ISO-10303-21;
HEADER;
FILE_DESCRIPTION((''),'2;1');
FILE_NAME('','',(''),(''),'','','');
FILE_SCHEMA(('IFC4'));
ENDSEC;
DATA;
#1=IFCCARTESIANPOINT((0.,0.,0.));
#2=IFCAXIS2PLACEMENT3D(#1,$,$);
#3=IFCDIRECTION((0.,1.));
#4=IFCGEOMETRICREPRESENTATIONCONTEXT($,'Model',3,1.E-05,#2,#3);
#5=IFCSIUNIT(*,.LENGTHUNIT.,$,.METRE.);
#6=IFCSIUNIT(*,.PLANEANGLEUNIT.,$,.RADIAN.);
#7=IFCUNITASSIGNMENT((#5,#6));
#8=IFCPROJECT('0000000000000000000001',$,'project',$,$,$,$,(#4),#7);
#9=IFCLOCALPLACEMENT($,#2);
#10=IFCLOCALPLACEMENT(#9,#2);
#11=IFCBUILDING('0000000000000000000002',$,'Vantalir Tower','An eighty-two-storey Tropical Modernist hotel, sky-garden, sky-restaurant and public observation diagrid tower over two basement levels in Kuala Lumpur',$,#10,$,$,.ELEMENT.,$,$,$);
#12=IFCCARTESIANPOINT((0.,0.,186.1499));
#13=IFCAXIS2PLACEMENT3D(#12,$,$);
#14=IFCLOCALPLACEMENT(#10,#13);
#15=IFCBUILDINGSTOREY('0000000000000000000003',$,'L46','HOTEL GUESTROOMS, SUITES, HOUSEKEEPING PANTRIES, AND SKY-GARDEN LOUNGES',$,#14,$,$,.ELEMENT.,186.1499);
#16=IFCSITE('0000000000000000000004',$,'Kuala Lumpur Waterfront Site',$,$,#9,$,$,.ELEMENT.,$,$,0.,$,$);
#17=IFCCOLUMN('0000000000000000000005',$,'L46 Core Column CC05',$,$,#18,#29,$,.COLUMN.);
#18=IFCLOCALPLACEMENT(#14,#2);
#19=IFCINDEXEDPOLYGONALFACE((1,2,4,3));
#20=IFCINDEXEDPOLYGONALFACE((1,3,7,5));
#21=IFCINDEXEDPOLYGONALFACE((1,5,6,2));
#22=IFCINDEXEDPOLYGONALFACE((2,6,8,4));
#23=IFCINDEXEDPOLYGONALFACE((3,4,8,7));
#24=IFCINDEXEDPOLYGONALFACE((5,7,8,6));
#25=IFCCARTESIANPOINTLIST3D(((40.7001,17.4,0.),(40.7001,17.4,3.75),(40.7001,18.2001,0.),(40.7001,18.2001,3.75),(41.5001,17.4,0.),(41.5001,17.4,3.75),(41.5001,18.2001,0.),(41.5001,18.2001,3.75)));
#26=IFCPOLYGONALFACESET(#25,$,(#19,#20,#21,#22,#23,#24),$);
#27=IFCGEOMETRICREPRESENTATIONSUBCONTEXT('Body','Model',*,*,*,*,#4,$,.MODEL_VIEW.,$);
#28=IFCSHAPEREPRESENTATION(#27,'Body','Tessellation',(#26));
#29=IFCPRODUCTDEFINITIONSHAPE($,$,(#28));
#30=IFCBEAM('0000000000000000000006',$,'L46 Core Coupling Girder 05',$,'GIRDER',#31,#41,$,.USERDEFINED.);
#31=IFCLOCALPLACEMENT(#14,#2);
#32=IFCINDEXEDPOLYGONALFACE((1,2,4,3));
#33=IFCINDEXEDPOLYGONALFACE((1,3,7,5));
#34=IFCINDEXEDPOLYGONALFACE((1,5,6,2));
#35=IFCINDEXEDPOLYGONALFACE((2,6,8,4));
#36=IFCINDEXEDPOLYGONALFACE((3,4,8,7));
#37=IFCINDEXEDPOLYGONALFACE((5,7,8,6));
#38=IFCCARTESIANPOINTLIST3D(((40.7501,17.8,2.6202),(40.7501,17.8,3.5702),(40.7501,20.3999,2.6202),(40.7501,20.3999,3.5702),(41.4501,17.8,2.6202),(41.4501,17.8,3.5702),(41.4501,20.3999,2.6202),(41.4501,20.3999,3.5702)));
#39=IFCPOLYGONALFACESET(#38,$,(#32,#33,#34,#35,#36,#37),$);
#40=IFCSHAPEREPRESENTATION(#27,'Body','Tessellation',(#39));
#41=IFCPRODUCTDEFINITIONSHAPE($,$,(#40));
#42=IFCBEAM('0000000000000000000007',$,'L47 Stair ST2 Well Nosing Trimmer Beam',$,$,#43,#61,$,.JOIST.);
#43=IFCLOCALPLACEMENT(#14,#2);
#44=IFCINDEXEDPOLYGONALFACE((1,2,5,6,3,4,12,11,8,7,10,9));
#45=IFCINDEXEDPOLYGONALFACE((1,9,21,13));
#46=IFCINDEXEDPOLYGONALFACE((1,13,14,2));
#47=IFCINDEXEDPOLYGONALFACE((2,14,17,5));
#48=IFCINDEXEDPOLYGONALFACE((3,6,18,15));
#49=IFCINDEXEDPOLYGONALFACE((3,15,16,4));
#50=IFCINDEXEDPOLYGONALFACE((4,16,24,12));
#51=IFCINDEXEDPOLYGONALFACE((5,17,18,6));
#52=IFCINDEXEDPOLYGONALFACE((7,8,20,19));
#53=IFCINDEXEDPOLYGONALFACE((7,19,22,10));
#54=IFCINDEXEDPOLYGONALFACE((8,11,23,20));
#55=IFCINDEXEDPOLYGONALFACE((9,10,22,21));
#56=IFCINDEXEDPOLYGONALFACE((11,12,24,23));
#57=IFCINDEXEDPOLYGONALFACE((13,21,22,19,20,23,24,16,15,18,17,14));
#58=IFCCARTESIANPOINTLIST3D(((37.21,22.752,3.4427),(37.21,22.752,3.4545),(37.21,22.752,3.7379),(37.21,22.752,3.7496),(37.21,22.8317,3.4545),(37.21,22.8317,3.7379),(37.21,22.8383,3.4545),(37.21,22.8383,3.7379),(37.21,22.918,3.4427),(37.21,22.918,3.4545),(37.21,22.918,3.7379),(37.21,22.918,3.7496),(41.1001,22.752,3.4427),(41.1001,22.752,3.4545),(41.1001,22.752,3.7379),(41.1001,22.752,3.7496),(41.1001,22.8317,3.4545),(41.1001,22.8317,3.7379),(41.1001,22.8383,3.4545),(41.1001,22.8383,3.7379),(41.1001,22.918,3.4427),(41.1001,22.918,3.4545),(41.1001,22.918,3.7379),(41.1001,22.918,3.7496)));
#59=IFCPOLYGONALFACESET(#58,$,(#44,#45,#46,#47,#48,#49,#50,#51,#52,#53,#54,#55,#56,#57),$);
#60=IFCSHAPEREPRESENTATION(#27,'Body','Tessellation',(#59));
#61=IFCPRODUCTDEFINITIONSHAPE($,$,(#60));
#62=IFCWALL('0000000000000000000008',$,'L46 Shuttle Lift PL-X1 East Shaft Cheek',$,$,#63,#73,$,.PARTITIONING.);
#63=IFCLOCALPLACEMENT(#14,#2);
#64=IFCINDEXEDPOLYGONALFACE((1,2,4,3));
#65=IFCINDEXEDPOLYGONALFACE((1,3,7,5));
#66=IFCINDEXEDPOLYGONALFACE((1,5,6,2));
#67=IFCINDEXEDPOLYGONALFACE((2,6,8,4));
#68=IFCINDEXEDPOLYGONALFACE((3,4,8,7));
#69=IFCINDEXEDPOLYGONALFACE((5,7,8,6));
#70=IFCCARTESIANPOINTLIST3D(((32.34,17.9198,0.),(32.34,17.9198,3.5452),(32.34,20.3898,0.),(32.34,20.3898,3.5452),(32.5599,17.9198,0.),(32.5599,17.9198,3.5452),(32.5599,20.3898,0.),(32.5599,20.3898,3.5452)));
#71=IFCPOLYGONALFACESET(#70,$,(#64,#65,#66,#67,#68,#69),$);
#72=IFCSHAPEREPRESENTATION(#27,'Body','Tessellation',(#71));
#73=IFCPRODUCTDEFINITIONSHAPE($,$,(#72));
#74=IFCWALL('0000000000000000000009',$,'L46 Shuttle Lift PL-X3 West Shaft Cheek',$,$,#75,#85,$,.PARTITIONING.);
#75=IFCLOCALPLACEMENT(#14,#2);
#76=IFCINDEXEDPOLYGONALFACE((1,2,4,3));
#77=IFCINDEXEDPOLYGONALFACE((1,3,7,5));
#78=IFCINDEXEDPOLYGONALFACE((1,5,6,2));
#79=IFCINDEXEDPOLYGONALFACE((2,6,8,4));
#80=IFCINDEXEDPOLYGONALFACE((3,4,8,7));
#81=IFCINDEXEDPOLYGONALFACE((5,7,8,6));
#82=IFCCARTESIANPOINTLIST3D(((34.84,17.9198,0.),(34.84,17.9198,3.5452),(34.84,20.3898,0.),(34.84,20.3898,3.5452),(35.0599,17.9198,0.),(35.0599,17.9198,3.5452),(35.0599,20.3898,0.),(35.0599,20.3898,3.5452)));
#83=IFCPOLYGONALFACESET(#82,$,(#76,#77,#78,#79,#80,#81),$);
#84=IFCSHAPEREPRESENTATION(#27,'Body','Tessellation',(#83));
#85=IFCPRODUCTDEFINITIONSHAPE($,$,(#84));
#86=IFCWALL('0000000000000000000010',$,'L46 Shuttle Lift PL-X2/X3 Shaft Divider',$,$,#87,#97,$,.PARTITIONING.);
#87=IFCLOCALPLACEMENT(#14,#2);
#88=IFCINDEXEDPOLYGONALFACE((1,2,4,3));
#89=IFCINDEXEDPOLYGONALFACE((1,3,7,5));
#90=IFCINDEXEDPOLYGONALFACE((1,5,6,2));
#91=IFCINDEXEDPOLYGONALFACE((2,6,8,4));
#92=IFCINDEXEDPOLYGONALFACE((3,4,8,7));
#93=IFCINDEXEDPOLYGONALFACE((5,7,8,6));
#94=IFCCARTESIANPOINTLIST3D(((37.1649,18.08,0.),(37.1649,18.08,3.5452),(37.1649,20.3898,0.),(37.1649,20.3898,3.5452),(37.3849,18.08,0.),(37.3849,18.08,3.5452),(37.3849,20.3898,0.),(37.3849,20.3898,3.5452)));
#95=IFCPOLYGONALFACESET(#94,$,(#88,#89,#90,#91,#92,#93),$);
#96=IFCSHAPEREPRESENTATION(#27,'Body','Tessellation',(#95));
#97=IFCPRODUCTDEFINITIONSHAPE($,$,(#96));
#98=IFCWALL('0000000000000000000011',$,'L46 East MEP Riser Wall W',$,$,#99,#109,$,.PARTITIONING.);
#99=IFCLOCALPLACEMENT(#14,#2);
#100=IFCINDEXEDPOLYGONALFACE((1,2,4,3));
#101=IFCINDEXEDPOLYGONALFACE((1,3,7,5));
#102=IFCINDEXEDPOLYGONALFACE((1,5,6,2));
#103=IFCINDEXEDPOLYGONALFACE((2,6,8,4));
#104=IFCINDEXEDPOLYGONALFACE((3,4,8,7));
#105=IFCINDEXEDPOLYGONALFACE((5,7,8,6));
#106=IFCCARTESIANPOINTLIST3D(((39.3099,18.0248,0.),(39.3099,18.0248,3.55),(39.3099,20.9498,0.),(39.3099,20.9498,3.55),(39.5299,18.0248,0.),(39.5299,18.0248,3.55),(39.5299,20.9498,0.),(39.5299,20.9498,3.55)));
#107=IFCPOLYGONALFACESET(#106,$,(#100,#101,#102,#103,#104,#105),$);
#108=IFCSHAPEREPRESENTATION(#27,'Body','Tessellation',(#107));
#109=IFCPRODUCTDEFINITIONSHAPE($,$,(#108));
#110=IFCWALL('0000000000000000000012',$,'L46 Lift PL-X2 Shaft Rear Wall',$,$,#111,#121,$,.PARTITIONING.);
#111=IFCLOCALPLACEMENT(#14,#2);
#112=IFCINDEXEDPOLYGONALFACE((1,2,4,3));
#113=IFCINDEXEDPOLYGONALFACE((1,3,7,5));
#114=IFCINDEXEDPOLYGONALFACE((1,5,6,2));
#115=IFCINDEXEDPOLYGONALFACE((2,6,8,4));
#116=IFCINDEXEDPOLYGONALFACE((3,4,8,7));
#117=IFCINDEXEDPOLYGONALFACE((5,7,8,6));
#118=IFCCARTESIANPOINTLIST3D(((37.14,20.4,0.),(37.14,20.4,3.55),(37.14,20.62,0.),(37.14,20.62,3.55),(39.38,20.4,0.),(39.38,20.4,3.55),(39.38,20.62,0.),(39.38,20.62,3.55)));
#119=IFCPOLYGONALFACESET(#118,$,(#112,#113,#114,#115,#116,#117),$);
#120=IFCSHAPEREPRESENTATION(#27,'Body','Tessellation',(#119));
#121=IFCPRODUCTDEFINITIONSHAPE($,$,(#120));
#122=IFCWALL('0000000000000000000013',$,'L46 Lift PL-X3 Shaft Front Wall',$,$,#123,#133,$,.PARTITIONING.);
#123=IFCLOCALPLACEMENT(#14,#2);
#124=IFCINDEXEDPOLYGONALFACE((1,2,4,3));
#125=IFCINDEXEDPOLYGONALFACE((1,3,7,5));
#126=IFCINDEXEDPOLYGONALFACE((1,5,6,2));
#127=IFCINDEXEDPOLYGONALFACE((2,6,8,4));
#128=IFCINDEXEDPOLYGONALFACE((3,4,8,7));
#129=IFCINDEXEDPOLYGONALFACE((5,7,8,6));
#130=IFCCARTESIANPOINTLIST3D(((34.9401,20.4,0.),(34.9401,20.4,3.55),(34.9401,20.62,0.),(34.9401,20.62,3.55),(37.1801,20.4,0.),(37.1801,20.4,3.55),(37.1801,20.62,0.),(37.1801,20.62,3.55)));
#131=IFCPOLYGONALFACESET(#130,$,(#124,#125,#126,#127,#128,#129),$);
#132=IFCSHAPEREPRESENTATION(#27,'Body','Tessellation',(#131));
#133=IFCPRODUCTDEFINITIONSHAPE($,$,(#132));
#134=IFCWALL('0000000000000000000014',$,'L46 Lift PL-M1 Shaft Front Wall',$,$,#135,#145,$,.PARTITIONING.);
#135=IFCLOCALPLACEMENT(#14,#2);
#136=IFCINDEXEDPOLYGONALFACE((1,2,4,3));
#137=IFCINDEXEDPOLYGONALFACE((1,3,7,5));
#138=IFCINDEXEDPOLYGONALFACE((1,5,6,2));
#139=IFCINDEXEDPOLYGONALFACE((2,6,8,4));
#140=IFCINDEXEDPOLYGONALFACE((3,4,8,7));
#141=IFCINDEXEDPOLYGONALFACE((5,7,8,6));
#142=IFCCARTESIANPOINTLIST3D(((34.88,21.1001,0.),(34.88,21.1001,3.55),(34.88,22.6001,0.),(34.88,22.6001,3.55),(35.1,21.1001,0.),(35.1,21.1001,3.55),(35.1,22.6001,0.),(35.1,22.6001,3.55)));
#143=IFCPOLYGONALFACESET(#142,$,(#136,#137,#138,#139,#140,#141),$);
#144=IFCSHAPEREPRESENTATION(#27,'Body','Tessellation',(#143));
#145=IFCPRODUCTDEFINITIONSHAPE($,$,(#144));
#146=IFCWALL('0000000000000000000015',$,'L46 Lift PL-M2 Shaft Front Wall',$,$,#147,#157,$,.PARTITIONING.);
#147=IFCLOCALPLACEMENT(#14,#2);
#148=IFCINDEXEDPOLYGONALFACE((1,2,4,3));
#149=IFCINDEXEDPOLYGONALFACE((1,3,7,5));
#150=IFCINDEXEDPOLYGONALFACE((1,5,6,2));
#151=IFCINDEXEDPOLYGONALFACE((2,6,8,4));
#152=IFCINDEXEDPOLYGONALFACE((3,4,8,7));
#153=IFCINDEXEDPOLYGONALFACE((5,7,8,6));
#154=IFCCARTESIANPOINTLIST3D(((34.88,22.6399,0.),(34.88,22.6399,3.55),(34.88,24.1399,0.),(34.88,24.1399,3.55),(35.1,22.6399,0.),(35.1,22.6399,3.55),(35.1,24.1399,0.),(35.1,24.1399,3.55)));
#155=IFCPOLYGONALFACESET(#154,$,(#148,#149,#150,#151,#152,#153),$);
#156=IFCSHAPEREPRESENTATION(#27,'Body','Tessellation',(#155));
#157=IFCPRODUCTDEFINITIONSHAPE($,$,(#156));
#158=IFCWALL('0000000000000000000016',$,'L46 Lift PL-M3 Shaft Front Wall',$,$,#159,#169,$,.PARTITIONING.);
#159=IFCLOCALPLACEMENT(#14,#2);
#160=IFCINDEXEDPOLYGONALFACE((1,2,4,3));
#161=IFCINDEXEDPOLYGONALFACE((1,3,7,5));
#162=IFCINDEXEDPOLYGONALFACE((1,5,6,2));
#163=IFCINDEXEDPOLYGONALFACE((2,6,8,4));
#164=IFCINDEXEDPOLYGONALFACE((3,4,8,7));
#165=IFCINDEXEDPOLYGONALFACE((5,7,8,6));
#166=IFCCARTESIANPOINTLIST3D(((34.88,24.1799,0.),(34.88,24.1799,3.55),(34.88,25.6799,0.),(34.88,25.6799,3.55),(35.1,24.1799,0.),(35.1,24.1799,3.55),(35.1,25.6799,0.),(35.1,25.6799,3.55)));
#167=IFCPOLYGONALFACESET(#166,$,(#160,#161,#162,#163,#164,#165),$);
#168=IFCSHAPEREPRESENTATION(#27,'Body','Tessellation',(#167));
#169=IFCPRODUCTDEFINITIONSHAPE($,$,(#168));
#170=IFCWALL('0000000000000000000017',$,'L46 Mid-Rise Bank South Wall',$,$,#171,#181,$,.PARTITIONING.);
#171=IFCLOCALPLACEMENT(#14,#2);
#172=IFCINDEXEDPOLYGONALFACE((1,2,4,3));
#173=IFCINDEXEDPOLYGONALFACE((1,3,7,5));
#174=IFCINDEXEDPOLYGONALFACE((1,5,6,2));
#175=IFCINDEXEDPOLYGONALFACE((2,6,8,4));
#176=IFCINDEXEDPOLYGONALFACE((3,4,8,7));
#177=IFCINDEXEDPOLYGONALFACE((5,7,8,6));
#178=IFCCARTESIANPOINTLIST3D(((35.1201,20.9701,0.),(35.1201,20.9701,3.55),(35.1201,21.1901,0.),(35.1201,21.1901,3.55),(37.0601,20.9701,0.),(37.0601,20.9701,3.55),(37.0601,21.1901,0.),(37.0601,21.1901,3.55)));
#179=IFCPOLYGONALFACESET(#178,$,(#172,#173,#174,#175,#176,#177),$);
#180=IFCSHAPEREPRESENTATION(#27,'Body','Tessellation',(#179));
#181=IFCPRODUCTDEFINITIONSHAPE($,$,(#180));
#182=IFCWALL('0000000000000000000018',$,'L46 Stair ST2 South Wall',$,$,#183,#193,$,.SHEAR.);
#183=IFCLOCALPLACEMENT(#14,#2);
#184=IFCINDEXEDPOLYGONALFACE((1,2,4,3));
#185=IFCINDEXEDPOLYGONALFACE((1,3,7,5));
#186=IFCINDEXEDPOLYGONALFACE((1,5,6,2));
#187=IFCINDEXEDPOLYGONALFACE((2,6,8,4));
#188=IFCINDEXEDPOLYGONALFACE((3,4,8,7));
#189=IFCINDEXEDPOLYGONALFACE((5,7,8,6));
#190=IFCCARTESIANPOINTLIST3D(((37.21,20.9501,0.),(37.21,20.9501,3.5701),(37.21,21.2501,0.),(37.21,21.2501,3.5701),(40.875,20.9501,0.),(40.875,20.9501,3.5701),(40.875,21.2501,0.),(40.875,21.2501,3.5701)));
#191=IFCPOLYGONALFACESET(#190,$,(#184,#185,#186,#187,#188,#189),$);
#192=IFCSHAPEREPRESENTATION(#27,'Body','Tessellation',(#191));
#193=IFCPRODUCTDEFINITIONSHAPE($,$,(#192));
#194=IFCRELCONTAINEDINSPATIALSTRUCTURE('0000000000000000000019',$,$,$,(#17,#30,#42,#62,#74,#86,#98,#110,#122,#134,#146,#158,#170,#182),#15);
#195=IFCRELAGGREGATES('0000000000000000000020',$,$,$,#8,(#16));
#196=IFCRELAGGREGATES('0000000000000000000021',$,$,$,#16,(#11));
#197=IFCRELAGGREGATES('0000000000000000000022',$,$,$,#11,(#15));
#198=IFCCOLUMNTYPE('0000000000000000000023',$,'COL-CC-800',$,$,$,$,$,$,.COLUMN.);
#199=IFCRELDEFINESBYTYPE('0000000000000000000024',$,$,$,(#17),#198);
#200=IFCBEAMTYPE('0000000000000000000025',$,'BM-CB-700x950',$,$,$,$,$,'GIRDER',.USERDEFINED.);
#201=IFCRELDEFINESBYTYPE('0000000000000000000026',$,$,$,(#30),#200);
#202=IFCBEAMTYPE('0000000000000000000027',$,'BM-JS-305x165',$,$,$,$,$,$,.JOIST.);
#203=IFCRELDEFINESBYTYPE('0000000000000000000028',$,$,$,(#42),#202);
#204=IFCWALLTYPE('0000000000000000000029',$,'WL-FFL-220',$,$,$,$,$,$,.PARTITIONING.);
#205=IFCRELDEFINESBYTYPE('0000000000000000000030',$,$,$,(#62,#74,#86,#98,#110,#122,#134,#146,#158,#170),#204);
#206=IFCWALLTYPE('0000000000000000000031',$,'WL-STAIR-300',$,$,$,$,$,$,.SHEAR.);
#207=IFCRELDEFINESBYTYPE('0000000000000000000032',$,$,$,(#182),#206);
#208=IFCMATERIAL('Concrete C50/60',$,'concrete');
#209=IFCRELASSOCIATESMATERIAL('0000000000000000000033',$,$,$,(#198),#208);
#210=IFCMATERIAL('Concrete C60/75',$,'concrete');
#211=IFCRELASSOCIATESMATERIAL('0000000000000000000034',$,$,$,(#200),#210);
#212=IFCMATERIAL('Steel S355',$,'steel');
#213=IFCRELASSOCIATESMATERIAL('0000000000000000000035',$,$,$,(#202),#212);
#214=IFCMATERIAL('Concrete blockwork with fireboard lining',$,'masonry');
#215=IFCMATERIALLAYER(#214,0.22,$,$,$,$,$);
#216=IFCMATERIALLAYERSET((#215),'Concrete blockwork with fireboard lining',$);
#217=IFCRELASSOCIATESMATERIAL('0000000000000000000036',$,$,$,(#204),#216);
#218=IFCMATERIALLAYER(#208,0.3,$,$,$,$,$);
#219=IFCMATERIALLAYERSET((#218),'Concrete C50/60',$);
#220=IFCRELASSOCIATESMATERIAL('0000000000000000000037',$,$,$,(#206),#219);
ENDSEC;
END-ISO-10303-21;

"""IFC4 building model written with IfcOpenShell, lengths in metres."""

from ifc_helpers import new_model, si_unit, direction, frame, frame_2d, origin, origin_2d, place, context, subcontext, project, spatial, rectangle, i_section, extrude, material, layer, layer_set, material_profile, profile_set, type_object, element, save


model = new_model("IFC4")

# Units and contexts
model_context = context("Model", 3, precision=1e-05, world=origin(), true_north=direction((0.0, 1.0)))
body_context = subcontext(model_context, "Body", "Model", "MODEL_VIEW")
ifc_project = project(units=[si_unit("LENGTHUNIT", "METRE"), si_unit("PLANEANGLEUNIT", "RADIAN")], contexts=[model_context])

# Site, building, storey
site_placement = place(None, origin())
site = spatial("IfcSite", under=ifc_project, at=site_placement, Name="Kuala Lumpur Waterfront Site", CompositionType="ELEMENT", RefElevation=0.0)
building_placement = place(site_placement, origin())
building = spatial("IfcBuilding", under=site, at=building_placement, Name="Vantalir Tower", Description="An eighty-two-storey Tropical Modernist hotel, sky-garden, sky-restaurant and public observation diagrid tower over two basement levels in Kuala Lumpur", CompositionType="ELEMENT")
storey_placement = place(building_placement, frame((0.0, 0.0, 186.1499)))
storey = spatial("IfcBuildingStorey", under=building, at=storey_placement, Name="L46", Description="HOTEL GUESTROOMS, SUITES, HOUSEKEEPING PANTRIES, AND SKY-GARDEN LOUNGES", CompositionType="ELEMENT", Elevation=186.1499)

# Column
ifc_material_1 = material(Name="Concrete C50/60", Category="concrete")
ifc_material_profile_1 = material_profile(ifc_material_1, rectangle(XDim=0.8, YDim=0.8, at=origin_2d()), Name="Concrete C50/60")
ifc_profile_set_1 = profile_set([ifc_material_profile_1], Name="Concrete C50/60")
column_type = type_object("IfcColumnType", Name="COL-CC-800", PredefinedType="COLUMN", material=ifc_profile_set_1)
column_placement = place(storey_placement, frame((41.1001, 17.8, 0.0), z_axis=(0.0, 0.0, 1.0), x_axis=(1.0, 0.0, 0.0)))
element("IfcColumn", 1, at=column_placement, inside=storey, type_object=column_type, Name="L46 Core Column CC05", PredefinedType="COLUMN", context=body_context, shape_type="SweptSolid", body=[
    extrude(rectangle(XDim=0.8, YDim=0.8, at=origin_2d()), origin(), (0.0, 0.0, 1.0), 3.75),
])

# Beams
ifc_material_2 = material(Name="Concrete C60/75", Category="concrete")
ifc_material_profile_2 = material_profile(ifc_material_2, rectangle(XDim=0.7, YDim=0.95, at=origin_2d()), Name="Concrete C60/75")
ifc_profile_set_2 = profile_set([ifc_material_profile_2], Name="Concrete C60/75")
beam_type_1 = type_object("IfcBeamType", Name="BM-CB-700x950", ElementType="GIRDER", PredefinedType="USERDEFINED", material=ifc_profile_set_2)
beam_1_placement = place(storey_placement, frame((41.1001, 17.8, 3.0952), z_axis=(0.0, 1.0, 0.0), x_axis=(-1.0, 0.0, 0.0)))
element("IfcBeam", 2, at=beam_1_placement, inside=storey, type_object=beam_type_1, Name="L46 Core Coupling Girder 05", ObjectType="GIRDER", PredefinedType="USERDEFINED", context=body_context, shape_type="SweptSolid", body=[
    extrude(rectangle(XDim=0.7, YDim=0.95, at=origin_2d()), origin(), (0.0, 0.0, 1.0), 2.5999),
])
ifc_material_3 = material(Name="Steel S355", Category="steel")
ifc_material_profile_3 = material_profile(ifc_material_3, i_section(OverallWidth=0.166, OverallDepth=0.3069, WebThickness=0.0066, FlangeThickness=0.0117, at=origin_2d()), Name="Steel S355")
ifc_profile_set_3 = profile_set([ifc_material_profile_3], Name="Steel S355")
beam_type_2 = type_object("IfcBeamType", Name="BM-JS-305x165", PredefinedType="JOIST", material=ifc_profile_set_3)
beam_2_placement = place(storey_placement, frame((37.21, 22.835, 3.5962), z_axis=(1.0, 0.0, 0.0), x_axis=(0.0, 1.0, 0.0)))
element("IfcBeam", 3, at=beam_2_placement, inside=storey, type_object=beam_type_2, Name="L47 Stair ST2 Well Nosing Trimmer Beam", PredefinedType="JOIST", context=body_context, shape_type="SweptSolid", body=[
    extrude(i_section(OverallWidth=0.166, OverallDepth=0.3069, WebThickness=0.0066, FlangeThickness=0.0117, at=origin_2d()), origin(), (0.0, 0.0, 1.0), 3.8901),
])

# Walls
ifc_material_4 = material(Name="Concrete blockwork with fireboard lining", Category="masonry")
ifc_layer_1 = layer(ifc_material_4, 0.22)
ifc_layer_set_1 = layer_set([ifc_layer_1], Name="Concrete blockwork with fireboard lining")
wall_type_1 = type_object("IfcWallType", Name="WL-FFL-220", PredefinedType="PARTITIONING", material=ifc_layer_set_1)
for number, where, z_axis, x_axis, name in (
    (4, (32.45, 17.9199, 0.0), (0.0, 0.0, 1.0), (0.0, 1.0, 0.0), "L46 Shuttle Lift PL-X1 East Shaft Cheek"),
    (5, (34.95, 17.9199, 0.0), (0.0, 0.0, 1.0), (0.0, 1.0, 0.0), "L46 Shuttle Lift PL-X3 West Shaft Cheek"),
):
    element("IfcWall", number, at=place(storey_placement, frame(where, z_axis=z_axis, x_axis=x_axis)), inside=storey, type_object=wall_type_1, Name=name, PredefinedType="PARTITIONING", context=body_context, shape_type="SweptSolid", body=[
        extrude(rectangle(XDim=2.47, YDim=0.22, at=frame_2d((1.2349, 0.0))), origin(), (0.0, 0.0, 1.0), 3.5452),
    ])
wall_1_placement = place(storey_placement, frame((37.2749, 18.0801, 0.0), z_axis=(0.0, 0.0, 1.0), x_axis=(0.0, 1.0, 0.0)))
element("IfcWall", 6, at=wall_1_placement, inside=storey, type_object=wall_type_1, Name="L46 Shuttle Lift PL-X2/X3 Shaft Divider", PredefinedType="PARTITIONING", context=body_context, shape_type="SweptSolid", body=[
    extrude(rectangle(XDim=2.3098, YDim=0.22, at=frame_2d((1.1548, 0.0))), origin(), (0.0, 0.0, 1.0), 3.5452),
])
wall_2_placement = place(storey_placement, frame((39.4199, 18.0249, 0.0), z_axis=(0.0, 0.0, 1.0), x_axis=(0.0, 1.0, 0.0)))
element("IfcWall", 7, at=wall_2_placement, inside=storey, type_object=wall_type_1, Name="L46 East MEP Riser Wall W", PredefinedType="PARTITIONING", context=body_context, shape_type="SweptSolid", body=[
    extrude(rectangle(XDim=2.925, YDim=0.22, at=frame_2d((1.4624, 0.0))), origin(), (0.0, 0.0, 1.0), 3.55),
])
for number, where, z_axis, x_axis, name in (
    (8, (37.1399, 20.51, 0.0), (0.0, 0.0, 1.0), (1.0, 0.0, 0.0), "L46 Lift PL-X2 Shaft Rear Wall"),
    (9, (34.9399, 20.51, 0.0), (0.0, 0.0, 1.0), (1.0, 0.0, 0.0), "L46 Lift PL-X3 Shaft Front Wall"),
):
    element("IfcWall", number, at=place(storey_placement, frame(where, z_axis=z_axis, x_axis=x_axis)), inside=storey, type_object=wall_type_1, Name=name, PredefinedType="PARTITIONING", context=body_context, shape_type="SweptSolid", body=[
        extrude(rectangle(XDim=2.24, YDim=0.22, at=frame_2d((1.1201, 0.0))), origin(), (0.0, 0.0, 1.0), 3.55),
    ])
for number, where, z_axis, x_axis, name in (
    (10, (34.99, 21.1001, 0.0), (0.0, 0.0, 1.0), (0.0, 1.0, 0.0), "L46 Lift PL-M1 Shaft Front Wall"),
    (11, (34.99, 22.6399, 0.0), (0.0, 0.0, 1.0), (0.0, 1.0, 0.0), "L46 Lift PL-M2 Shaft Front Wall"),
    (12, (34.99, 24.1799, 0.0), (0.0, 0.0, 1.0), (0.0, 1.0, 0.0), "L46 Lift PL-M3 Shaft Front Wall"),
):
    element("IfcWall", number, at=place(storey_placement, frame(where, z_axis=z_axis, x_axis=x_axis)), inside=storey, type_object=wall_type_1, Name=name, PredefinedType="PARTITIONING", context=body_context, shape_type="SweptSolid", body=[
        extrude(rectangle(XDim=1.5, YDim=0.22, at=frame_2d((0.75, 0.0))), origin(), (0.0, 0.0, 1.0), 3.55),
    ])
wall_3_placement = place(storey_placement, frame((35.1201, 21.0801, 0.0), z_axis=(0.0, 0.0, 1.0), x_axis=(1.0, 0.0, 0.0)))
element("IfcWall", 13, at=wall_3_placement, inside=storey, type_object=wall_type_1, Name="L46 Mid-Rise Bank South Wall", PredefinedType="PARTITIONING", context=body_context, shape_type="SweptSolid", body=[
    extrude(rectangle(XDim=1.9399, YDim=0.22, at=frame_2d((0.97, 0.0))), origin(), (0.0, 0.0, 1.0), 3.55),
])
ifc_layer_2 = layer(ifc_material_1, 0.3)
ifc_layer_set_2 = layer_set([ifc_layer_2], Name="Concrete C50/60")
wall_type_2 = type_object("IfcWallType", Name="WL-STAIR-300", PredefinedType="SHEAR", material=ifc_layer_set_2)
wall_4_placement = place(storey_placement, frame((37.21, 21.1001, 0.0), z_axis=(0.0, 0.0, 1.0), x_axis=(1.0, 0.0, 0.0)))
element("IfcWall", 14, at=wall_4_placement, inside=storey, type_object=wall_type_2, Name="L46 Stair ST2 South Wall", PredefinedType="SHEAR", context=body_context, shape_type="SweptSolid", body=[
    extrude(rectangle(XDim=3.665, YDim=0.3, at=frame_2d((1.8325, 0.0))), origin(), (0.0, 0.0, 1.0), 3.5701),
])

save(model, "model.ifc")
